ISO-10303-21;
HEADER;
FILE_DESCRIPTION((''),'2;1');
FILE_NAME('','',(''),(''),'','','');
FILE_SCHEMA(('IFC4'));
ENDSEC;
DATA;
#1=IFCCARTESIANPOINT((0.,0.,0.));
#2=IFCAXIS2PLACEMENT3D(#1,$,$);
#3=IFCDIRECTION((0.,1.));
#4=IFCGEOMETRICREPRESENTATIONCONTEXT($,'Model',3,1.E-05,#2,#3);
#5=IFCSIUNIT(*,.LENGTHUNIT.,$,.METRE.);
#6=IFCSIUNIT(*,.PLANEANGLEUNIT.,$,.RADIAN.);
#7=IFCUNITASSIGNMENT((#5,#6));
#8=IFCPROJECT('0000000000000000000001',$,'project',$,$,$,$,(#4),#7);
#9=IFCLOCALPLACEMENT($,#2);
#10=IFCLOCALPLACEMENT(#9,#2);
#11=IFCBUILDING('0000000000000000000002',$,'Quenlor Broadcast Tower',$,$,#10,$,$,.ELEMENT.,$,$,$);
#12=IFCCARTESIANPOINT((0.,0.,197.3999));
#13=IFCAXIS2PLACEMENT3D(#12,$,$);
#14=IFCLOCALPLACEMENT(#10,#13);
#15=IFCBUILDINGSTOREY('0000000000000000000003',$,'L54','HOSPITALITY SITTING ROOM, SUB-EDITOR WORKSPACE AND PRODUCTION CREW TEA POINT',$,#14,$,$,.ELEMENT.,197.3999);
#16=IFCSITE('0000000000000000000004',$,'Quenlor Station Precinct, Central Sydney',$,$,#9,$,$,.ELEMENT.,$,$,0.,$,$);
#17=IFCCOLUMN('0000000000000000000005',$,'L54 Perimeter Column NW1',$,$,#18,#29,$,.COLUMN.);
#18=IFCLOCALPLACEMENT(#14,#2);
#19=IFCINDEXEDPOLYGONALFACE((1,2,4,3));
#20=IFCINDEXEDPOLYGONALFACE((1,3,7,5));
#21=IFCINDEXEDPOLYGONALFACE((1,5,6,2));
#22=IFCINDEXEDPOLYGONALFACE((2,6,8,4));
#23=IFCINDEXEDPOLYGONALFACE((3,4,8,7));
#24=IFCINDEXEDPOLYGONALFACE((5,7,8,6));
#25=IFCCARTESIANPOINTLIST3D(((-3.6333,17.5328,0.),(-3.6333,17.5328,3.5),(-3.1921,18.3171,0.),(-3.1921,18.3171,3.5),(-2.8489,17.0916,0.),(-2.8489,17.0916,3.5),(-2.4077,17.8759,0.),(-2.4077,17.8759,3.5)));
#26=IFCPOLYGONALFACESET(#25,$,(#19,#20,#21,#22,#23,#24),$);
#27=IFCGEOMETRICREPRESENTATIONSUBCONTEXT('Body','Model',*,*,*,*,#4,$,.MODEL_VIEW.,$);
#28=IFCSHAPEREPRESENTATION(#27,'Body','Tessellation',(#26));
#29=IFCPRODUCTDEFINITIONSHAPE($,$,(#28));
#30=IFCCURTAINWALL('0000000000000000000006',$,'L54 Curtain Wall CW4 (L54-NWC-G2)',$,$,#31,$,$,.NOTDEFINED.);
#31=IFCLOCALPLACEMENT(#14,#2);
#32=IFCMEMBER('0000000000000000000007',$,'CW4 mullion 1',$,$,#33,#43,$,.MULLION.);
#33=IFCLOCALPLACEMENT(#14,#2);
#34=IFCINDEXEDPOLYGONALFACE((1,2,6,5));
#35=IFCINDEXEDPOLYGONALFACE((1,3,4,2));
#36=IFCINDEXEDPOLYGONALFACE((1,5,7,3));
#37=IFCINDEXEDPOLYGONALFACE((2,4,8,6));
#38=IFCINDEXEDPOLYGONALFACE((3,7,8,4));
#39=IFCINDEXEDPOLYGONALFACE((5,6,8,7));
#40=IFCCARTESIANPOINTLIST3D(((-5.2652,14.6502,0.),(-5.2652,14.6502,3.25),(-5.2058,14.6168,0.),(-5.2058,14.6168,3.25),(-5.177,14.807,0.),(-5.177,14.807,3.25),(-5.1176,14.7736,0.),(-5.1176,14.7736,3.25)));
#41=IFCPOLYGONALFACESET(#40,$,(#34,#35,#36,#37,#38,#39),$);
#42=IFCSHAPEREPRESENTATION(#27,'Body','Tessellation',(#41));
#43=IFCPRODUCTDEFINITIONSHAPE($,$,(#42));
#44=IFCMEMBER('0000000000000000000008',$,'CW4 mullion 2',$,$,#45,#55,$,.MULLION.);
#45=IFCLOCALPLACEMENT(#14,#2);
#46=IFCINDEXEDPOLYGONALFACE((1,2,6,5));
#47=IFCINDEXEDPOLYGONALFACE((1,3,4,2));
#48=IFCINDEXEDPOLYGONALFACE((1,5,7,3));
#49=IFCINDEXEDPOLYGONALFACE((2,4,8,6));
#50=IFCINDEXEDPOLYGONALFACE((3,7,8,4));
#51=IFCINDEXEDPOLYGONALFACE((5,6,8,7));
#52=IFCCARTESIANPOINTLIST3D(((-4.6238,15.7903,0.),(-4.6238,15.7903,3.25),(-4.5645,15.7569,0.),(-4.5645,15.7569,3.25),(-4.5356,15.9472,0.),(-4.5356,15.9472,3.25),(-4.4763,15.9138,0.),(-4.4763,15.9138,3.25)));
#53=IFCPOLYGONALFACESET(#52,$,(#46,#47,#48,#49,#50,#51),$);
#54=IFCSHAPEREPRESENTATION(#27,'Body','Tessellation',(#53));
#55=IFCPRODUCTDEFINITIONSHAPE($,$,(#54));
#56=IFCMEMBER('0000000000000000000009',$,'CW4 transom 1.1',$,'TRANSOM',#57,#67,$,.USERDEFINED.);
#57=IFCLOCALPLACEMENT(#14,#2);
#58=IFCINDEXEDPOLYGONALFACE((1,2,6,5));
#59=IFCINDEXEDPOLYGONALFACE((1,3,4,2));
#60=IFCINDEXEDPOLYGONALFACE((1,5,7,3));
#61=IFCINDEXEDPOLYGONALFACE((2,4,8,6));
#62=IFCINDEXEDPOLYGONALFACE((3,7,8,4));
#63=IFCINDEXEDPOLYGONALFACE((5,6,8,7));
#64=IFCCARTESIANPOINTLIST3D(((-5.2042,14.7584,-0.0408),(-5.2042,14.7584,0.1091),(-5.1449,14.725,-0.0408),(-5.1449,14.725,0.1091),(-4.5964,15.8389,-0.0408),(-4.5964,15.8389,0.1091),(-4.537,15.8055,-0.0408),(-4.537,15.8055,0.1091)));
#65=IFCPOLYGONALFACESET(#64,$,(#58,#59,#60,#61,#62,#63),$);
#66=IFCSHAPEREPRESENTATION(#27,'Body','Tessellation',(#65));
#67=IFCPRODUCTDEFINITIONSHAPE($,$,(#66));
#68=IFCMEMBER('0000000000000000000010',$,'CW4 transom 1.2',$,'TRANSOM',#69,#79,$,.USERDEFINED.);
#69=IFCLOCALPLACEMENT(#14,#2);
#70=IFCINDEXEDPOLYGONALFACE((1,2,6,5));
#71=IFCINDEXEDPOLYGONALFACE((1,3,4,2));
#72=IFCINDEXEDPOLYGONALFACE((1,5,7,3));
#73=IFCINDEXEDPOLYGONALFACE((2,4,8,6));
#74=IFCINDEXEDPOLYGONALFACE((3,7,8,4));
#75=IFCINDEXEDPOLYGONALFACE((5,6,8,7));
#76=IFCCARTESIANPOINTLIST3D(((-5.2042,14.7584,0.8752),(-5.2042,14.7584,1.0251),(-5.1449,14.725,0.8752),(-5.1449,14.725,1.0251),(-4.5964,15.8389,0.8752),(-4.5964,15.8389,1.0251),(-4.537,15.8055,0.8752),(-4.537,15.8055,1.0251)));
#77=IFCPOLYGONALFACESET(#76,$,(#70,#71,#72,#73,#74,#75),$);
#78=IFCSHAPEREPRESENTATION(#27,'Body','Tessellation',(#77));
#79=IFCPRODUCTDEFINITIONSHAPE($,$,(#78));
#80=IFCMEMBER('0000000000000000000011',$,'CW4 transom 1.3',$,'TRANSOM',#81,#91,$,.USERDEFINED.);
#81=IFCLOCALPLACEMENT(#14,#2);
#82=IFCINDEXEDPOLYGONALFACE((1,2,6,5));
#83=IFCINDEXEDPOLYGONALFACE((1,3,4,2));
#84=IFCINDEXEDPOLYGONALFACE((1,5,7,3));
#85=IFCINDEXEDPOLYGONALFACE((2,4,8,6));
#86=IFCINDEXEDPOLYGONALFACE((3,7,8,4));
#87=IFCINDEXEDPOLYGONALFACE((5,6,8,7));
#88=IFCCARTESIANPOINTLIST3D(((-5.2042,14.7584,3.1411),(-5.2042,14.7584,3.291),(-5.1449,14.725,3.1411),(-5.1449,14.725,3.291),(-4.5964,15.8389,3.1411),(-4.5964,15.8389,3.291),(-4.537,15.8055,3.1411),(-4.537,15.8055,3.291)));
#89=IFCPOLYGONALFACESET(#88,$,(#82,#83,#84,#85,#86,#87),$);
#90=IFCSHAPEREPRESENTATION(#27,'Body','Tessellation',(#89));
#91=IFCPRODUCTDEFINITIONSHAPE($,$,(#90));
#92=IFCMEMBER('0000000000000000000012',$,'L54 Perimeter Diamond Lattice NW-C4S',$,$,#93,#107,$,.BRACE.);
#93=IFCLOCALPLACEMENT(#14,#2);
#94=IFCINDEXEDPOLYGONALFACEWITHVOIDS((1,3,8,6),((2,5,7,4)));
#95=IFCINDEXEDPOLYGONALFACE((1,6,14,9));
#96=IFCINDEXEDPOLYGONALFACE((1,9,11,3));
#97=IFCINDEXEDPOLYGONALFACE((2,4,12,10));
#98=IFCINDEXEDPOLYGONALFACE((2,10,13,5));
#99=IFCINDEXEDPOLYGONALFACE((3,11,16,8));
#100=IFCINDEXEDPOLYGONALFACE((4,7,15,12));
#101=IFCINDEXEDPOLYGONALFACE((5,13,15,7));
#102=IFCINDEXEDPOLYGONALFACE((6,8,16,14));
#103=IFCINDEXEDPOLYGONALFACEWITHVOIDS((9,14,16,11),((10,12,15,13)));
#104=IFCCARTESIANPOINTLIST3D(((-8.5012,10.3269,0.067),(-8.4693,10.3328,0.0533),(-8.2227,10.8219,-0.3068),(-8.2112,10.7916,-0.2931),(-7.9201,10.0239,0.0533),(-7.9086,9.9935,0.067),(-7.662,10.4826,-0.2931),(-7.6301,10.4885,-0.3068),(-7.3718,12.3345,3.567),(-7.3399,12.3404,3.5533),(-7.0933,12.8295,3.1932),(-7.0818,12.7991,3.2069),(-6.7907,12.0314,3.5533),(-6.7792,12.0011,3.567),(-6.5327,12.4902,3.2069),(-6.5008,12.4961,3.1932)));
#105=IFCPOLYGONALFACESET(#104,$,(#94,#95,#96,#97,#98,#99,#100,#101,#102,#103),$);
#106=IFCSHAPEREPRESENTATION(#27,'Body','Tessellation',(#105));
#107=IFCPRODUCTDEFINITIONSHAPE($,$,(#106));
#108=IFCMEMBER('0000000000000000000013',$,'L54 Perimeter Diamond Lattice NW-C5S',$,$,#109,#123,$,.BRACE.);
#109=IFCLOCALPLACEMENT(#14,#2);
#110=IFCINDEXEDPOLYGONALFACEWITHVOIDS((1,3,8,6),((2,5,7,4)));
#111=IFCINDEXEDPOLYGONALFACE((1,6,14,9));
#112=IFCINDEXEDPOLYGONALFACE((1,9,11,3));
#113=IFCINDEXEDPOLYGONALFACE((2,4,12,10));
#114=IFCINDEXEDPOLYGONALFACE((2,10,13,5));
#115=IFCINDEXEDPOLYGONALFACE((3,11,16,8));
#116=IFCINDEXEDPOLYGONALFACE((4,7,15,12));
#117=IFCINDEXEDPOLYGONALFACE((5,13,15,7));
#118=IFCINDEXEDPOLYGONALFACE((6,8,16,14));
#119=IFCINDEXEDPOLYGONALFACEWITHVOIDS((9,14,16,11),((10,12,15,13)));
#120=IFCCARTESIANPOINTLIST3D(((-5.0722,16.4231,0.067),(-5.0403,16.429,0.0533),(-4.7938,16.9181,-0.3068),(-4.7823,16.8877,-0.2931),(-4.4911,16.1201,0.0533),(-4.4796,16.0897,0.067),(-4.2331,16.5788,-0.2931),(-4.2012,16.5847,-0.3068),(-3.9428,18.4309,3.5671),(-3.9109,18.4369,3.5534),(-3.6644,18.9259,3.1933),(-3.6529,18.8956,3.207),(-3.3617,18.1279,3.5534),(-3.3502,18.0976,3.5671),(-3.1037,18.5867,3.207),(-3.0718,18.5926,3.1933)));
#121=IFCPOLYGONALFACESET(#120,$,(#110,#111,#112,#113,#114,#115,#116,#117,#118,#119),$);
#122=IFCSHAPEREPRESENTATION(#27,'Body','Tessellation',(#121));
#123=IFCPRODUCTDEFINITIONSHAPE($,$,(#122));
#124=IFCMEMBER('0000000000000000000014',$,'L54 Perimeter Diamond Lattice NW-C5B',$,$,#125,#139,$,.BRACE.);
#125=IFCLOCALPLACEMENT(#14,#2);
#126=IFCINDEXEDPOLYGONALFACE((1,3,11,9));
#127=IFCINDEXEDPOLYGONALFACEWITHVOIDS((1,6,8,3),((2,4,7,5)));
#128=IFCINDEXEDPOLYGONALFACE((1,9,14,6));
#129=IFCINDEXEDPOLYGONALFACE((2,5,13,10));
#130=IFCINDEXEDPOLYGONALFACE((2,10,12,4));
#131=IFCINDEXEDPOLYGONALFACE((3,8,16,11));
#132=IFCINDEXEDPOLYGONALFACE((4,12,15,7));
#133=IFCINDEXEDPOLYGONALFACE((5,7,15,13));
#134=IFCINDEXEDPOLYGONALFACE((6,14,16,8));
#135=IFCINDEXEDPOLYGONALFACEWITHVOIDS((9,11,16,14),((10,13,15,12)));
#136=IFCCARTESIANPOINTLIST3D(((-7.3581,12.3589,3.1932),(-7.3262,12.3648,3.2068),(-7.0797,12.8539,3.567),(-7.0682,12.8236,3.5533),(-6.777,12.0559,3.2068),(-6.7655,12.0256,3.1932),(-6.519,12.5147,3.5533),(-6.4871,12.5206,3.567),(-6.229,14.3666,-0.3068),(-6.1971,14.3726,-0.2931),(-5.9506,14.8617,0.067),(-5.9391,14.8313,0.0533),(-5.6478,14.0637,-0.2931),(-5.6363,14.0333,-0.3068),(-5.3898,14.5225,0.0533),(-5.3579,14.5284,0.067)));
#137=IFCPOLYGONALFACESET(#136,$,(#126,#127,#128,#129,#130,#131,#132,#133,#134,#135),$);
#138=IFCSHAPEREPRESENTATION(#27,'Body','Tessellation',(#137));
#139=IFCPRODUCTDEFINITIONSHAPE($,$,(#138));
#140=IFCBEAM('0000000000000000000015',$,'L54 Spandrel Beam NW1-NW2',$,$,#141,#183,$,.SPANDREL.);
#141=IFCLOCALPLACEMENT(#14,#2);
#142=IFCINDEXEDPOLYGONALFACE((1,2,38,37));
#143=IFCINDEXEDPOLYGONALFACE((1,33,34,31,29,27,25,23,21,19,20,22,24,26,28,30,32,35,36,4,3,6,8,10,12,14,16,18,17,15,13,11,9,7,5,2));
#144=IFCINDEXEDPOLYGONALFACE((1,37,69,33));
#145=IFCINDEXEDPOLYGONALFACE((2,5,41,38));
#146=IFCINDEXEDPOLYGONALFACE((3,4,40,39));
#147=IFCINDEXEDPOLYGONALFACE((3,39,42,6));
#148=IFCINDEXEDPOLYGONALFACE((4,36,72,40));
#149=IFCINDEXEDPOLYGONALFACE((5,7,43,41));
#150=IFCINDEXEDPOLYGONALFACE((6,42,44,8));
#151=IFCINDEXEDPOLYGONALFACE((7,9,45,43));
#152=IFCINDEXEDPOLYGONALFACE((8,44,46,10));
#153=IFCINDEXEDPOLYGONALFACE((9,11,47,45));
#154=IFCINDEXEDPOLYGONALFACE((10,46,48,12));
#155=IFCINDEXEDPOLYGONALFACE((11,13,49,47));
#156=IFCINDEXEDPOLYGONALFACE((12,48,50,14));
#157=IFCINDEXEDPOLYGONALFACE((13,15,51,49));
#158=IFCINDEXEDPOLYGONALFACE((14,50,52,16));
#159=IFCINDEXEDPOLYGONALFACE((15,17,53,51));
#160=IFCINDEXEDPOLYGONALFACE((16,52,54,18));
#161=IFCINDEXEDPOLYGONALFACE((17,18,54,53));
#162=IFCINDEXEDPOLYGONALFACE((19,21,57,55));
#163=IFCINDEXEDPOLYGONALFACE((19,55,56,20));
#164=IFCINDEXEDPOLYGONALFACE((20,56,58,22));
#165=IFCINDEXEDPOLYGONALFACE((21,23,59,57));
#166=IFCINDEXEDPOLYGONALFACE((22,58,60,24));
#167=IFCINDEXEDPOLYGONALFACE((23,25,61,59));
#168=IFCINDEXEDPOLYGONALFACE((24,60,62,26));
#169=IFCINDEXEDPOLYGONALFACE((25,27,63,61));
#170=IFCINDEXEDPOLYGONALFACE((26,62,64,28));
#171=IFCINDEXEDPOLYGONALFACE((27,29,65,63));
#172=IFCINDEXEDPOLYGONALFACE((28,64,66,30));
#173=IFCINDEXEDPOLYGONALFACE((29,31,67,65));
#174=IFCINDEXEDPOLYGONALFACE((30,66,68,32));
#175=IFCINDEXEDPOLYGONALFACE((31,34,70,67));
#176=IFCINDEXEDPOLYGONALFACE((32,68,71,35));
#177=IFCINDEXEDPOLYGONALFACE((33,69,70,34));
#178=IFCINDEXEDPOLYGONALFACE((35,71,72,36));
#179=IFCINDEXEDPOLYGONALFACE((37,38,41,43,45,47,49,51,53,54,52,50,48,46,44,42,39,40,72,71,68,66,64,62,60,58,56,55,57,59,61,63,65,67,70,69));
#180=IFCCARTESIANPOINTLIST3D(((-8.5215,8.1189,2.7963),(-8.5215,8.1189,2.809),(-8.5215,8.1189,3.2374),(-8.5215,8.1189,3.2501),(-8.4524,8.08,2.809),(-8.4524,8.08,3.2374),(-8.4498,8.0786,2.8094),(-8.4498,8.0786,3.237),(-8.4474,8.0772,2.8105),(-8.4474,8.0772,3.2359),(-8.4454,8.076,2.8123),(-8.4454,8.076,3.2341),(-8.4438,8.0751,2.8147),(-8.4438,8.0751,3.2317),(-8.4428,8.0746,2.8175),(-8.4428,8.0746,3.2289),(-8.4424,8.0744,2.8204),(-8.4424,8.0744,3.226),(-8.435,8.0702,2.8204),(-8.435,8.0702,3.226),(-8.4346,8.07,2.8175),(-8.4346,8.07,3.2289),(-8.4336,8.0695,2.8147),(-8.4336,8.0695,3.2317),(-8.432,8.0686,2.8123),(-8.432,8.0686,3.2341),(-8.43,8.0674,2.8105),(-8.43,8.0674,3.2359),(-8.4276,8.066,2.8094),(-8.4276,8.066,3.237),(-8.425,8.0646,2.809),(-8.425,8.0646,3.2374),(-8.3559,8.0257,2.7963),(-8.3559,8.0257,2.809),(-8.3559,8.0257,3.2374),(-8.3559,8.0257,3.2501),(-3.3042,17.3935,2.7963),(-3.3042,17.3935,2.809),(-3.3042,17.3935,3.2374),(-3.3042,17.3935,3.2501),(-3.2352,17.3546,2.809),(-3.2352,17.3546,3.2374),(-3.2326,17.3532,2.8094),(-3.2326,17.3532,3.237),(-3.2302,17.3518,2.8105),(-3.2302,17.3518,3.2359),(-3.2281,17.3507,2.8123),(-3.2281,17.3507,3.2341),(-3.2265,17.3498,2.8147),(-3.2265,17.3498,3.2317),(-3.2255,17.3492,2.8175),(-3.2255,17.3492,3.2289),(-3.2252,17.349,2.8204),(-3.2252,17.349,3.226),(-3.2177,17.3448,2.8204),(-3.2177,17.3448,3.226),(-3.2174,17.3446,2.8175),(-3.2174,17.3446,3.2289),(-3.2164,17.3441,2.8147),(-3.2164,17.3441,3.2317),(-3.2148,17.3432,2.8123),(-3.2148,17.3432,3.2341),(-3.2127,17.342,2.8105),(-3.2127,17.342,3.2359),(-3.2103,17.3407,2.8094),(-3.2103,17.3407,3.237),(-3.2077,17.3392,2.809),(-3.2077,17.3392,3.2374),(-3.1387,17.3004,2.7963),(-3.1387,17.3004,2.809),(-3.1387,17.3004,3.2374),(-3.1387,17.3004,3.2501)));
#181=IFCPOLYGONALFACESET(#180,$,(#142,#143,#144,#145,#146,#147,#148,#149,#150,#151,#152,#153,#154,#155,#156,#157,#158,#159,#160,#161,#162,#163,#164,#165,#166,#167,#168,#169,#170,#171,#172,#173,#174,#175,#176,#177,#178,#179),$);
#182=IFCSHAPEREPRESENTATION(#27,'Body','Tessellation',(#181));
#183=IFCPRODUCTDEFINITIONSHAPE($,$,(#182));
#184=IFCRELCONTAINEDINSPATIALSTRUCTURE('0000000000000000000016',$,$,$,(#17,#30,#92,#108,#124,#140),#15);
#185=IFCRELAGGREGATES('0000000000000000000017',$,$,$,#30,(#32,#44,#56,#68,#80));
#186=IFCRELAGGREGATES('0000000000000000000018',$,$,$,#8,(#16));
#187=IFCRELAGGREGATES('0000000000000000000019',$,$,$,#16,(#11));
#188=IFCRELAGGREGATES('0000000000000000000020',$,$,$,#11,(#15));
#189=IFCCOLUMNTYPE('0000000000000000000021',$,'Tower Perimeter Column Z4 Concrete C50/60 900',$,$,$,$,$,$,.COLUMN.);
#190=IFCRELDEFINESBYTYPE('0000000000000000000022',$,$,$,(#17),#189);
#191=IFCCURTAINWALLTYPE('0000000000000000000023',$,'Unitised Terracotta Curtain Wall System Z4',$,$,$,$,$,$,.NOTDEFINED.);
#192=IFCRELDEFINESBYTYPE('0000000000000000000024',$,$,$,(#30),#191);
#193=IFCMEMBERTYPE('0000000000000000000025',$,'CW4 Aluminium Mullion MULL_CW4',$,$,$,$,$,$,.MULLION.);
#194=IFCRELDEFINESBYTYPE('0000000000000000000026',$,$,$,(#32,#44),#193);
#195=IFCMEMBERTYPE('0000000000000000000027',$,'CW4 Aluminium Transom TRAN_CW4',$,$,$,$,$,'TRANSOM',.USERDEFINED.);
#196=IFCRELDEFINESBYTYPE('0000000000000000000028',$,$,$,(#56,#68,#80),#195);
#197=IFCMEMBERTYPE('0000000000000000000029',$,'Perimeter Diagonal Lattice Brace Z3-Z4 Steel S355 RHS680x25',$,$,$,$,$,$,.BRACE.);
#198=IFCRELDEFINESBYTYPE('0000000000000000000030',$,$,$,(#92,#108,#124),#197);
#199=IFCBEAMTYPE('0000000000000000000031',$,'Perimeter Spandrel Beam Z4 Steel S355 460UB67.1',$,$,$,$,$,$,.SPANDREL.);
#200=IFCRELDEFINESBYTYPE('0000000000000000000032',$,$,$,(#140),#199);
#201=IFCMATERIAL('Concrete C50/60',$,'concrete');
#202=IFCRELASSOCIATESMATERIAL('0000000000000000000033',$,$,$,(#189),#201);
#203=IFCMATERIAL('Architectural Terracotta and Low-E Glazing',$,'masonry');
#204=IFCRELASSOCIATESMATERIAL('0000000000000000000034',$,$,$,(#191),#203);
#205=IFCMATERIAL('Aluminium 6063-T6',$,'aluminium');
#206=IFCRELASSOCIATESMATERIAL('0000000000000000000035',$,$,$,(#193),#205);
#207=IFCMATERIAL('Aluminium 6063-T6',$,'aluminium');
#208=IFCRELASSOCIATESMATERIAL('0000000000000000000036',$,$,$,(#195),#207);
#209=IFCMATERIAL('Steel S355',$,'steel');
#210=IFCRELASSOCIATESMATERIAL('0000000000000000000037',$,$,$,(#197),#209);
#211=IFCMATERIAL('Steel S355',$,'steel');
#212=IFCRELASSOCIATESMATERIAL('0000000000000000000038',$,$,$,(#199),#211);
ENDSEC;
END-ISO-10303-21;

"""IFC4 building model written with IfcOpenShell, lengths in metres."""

from ifc_helpers import new_model, si_unit, direction, frame, origin, origin_2d, place, context, subcontext, project, spatial, rectangle, hollow_rectangle, i_section, extrude, material, material_profile, profile_set, type_object, element, aggregate, save


model = new_model("IFC4")

# Units and contexts
model_context = context("Model", 3, precision=1e-05, world=origin(), true_north=direction((0.0, 1.0)))
body_context = subcontext(model_context, "Body", "Model", "MODEL_VIEW")
ifc_project = project(units=[si_unit("LENGTHUNIT", "METRE"), si_unit("PLANEANGLEUNIT", "RADIAN")], contexts=[model_context])

# Site, building, storey
site_placement = place(None, origin())
site = spatial("IfcSite", under=ifc_project, at=site_placement, Name="Quenlor Station Precinct, Central Sydney", CompositionType="ELEMENT", RefElevation=0.0)
building_placement = place(site_placement, origin())
building = spatial("IfcBuilding", under=site, at=building_placement, Name="Quenlor Broadcast Tower", CompositionType="ELEMENT")
storey_placement = place(building_placement, frame((0.0, 0.0, 197.3999)))
storey = spatial("IfcBuildingStorey", under=building, at=storey_placement, Name="L54", Description="HOSPITALITY SITTING ROOM, SUB-EDITOR WORKSPACE AND PRODUCTION CREW TEA POINT", CompositionType="ELEMENT", Elevation=197.3999)

# Column
ifc_material_1 = material(Name="Concrete C50/60", Category="concrete")
ifc_material_profile_1 = material_profile(ifc_material_1, rectangle(XDim=0.8999, YDim=0.8999, at=origin_2d()))
ifc_profile_set_1 = profile_set([ifc_material_profile_1], Name="Concrete C50/60 RC900x900")
column_type = type_object("IfcColumnType", Name="Tower Perimeter Column Z4 Concrete C50/60 900", PredefinedType="COLUMN", material=ifc_profile_set_1)
column_placement = place(storey_placement, frame((-3.0205, 17.7043, 0.0), z_axis=(0.0, 0.0, 1.0), x_axis=(-0.871575, 0.490262, 0.0)))
element("IfcColumn", 1, at=column_placement, inside=storey, type_object=column_type, Name="L54 Perimeter Column NW1", PredefinedType="COLUMN", context=body_context, shape_type="SweptSolid", body=[
    extrude(rectangle(XDim=0.8999, YDim=0.8999, at=origin_2d()), origin(), (0.0, 0.0, 1.0), 3.5),
])

# Curtain wall, members
ifc_material_2 = material(Name="Architectural Terracotta and Low-E Glazing", Category="masonry")
curtain_wall_type = type_object("IfcCurtainWallType", Name="Unitised Terracotta Curtain Wall System Z4", PredefinedType="NOTDEFINED", material=ifc_material_2)
curtain_wall_placement = place(storey_placement, origin())
curtain_wall = element("IfcCurtainWall", 2, at=curtain_wall_placement, inside=storey, type_object=curtain_wall_type, Name="L54 Curtain Wall CW4 (L54-NWC-G2)", PredefinedType="NOTDEFINED")
ifc_material_3 = material(Name="Aluminium 6063-T6", Category="aluminium")
ifc_material_profile_2 = material_profile(ifc_material_3, rectangle(XDim=0.0681, YDim=0.1799, at=origin_2d()))
ifc_profile_set_2 = profile_set([ifc_material_profile_2], Name="Aluminium 6063-T6 MULL68x180")
member_type_1 = type_object("IfcMemberType", Name="CW4 Aluminium Mullion MULL_CW4", PredefinedType="MULLION", material=ifc_profile_set_2)
member_1_placement = place(storey_placement, frame((-5.1914, 14.7119, 0.0), z_axis=(0.0, 0.0, 1.0), x_axis=(-0.87156, 0.490289, 0.0)))
member_1 = element("IfcMember", 3, at=member_1_placement, type_object=member_type_1, Name="CW4 mullion 1", PredefinedType="MULLION", context=body_context, shape_type="SweptSolid", body=[
    extrude(rectangle(XDim=0.0681, YDim=0.1799, at=origin_2d()), origin(), (0.0, 0.0, 1.0), 3.25),
])
member_2_placement = place(storey_placement, frame((-4.55, 15.8521, 0.0), z_axis=(0.0, 0.0, 1.0), x_axis=(-0.87156, 0.490289, 0.0)))
member_2 = element("IfcMember", 4, at=member_2_placement, type_object=member_type_1, Name="CW4 mullion 2", PredefinedType="MULLION", context=body_context, shape_type="SweptSolid", body=[
    extrude(rectangle(XDim=0.0681, YDim=0.1799, at=origin_2d()), origin(), (0.0, 0.0, 1.0), 3.25),
])
ifc_material_4 = material(Name="Aluminium 6063-T6", Category="aluminium")
ifc_material_profile_3 = material_profile(ifc_material_4, rectangle(XDim=0.0681, YDim=0.1499, at=origin_2d()))
ifc_profile_set_3 = profile_set([ifc_material_profile_3], Name="Aluminium 6063-T6 TRAN68x150")
member_type_2 = type_object("IfcMemberType", Name="CW4 Aluminium Transom TRAN_CW4", ElementType="TRANSOM", PredefinedType="USERDEFINED", material=ifc_profile_set_3)
member_3_placement = place(storey_placement, frame((-5.1746, 14.7417, 0.0342), z_axis=(0.490317, 0.871544, 0.0), x_axis=(-0.871544, 0.490317, 0.0)))
member_3 = element("IfcMember", 5, at=member_3_placement, type_object=member_type_2, Name="CW4 transom 1.1", ObjectType="TRANSOM", PredefinedType="USERDEFINED", context=body_context, shape_type="SweptSolid", body=[
    extrude(rectangle(XDim=0.0681, YDim=0.1499, at=origin_2d()), origin(), (0.0, 0.0, 1.0), 1.2397),
])
member_4_placement = place(storey_placement, frame((-5.1746, 14.7417, 0.9502), z_axis=(0.490317, 0.871544, 0.0), x_axis=(-0.871544, 0.490317, 0.0)))
member_4 = element("IfcMember", 6, at=member_4_placement, type_object=member_type_2, Name="CW4 transom 1.2", ObjectType="TRANSOM", PredefinedType="USERDEFINED", context=body_context, shape_type="SweptSolid", body=[
    extrude(rectangle(XDim=0.0681, YDim=0.1499, at=origin_2d()), origin(), (0.0, 0.0, 1.0), 1.2397),
])
member_5_placement = place(storey_placement, frame((-5.1746, 14.7417, 3.2161), z_axis=(0.490317, 0.871544, 0.0), x_axis=(-0.871544, 0.490317, 0.0)))
member_5 = element("IfcMember", 7, at=member_5_placement, type_object=member_type_2, Name="CW4 transom 1.3", ObjectType="TRANSOM", PredefinedType="USERDEFINED", context=body_context, shape_type="SweptSolid", body=[
    extrude(rectangle(XDim=0.0681, YDim=0.1499, at=origin_2d()), origin(), (0.0, 0.0, 1.0), 1.2397),
])

# Members
ifc_material_5 = material(Name="Steel S355", Category="steel")
ifc_material_profile_4 = material_profile(ifc_material_5, hollow_rectangle(XDim=0.6799, YDim=0.6799, WallThickness=0.0249, at=origin_2d()))
ifc_profile_set_4 = profile_set([ifc_material_profile_4], Name="Steel S355 RHS680x680x25")
member_type_3 = type_object("IfcMemberType", Name="Perimeter Diagonal Lattice Brace Z3-Z4 Steel S355 RHS680x25", PredefinedType="BRACE", material=ifc_profile_set_4)
member_6_placement = place(storey_placement, frame((-8.0657, 10.4077, -0.1199), z_axis=(0.269547, 0.479136, 0.835328), x_axis=(-0.87155, 0.490307, 0.0)))
element("IfcMember", 8, at=member_6_placement, inside=storey, type_object=member_type_3, Name="L54 Perimeter Diamond Lattice NW-C4S", PredefinedType="BRACE", context=body_context, shape_type="SweptSolid", body=[
    extrude(hollow_rectangle(XDim=0.6799, YDim=0.6799, WallThickness=0.0249, at=origin_2d()), origin(), (0.0, 0.0, 1.0), 4.1899),
])
member_7_placement = place(storey_placement, frame((-4.6367, 16.5039, -0.1199), z_axis=(0.26954, 0.479181, 0.835305), x_axis=(-0.871576, 0.490261, 0.0)))
element("IfcMember", 9, at=member_7_placement, inside=storey, type_object=member_type_3, Name="L54 Perimeter Diamond Lattice NW-C5S", PredefinedType="BRACE", context=body_context, shape_type="SweptSolid", body=[
    extrude(hollow_rectangle(XDim=0.6799, YDim=0.6799, WallThickness=0.0249, at=origin_2d()), origin(), (0.0, 0.0, 1.0), 4.1902),
])
member_8_placement = place(storey_placement, frame((-5.7935, 14.4475, -0.1199), z_axis=(-0.269485, -0.479189, 0.835318), x_axis=(0.871621, -0.490181, 0.0)))
element("IfcMember", 10, at=member_8_placement, inside=storey, type_object=member_type_3, Name="L54 Perimeter Diamond Lattice NW-C5B", PredefinedType="BRACE", context=body_context, shape_type="SweptSolid", body=[
    extrude(hollow_rectangle(XDim=0.6799, YDim=0.6799, WallThickness=0.0249, at=origin_2d()), origin(), (0.0, 0.0, 1.0), 4.1899),
])

# Beam
ifc_material_6 = material(Name="Steel S355", Category="steel")
ifc_material_profile_5 = material_profile(ifc_material_6, i_section(OverallWidth=0.1899, OverallDepth=0.4539, WebThickness=0.0085, FlangeThickness=0.0127, FilletRadius=0.0115, at=origin_2d()))
ifc_profile_set_5 = profile_set([ifc_material_profile_5], Name="Steel S355 460UB67.1")
beam_type_1 = type_object("IfcBeamType", Name="Perimeter Spandrel Beam Z4 Steel S355 460UB67.1", PredefinedType="SPANDREL", material=ifc_profile_set_5)
beam_1_placement = place(storey_placement, frame((-3.2214, 17.3469, 3.0232), z_axis=(-0.490282, -0.871564, 0.0), x_axis=(0.871564, -0.490282, 0.0)))
element("IfcBeam", 11, at=beam_1_placement, inside=storey, type_object=beam_type_1, Name="L54 Spandrel Beam NW1-NW2", PredefinedType="SPANDREL", context=body_context, shape_type="SweptSolid", body=[
    extrude(i_section(OverallWidth=0.1899, OverallDepth=0.4539, WebThickness=0.0085, FlangeThickness=0.0127, FilletRadius=0.0115, at=origin_2d()), origin(), (0.0, 0.0, 1.0), 10.6414),
])

aggregate(curtain_wall, [member_1, member_2, member_3, member_4, member_5])

save(model, "model.ifc")
